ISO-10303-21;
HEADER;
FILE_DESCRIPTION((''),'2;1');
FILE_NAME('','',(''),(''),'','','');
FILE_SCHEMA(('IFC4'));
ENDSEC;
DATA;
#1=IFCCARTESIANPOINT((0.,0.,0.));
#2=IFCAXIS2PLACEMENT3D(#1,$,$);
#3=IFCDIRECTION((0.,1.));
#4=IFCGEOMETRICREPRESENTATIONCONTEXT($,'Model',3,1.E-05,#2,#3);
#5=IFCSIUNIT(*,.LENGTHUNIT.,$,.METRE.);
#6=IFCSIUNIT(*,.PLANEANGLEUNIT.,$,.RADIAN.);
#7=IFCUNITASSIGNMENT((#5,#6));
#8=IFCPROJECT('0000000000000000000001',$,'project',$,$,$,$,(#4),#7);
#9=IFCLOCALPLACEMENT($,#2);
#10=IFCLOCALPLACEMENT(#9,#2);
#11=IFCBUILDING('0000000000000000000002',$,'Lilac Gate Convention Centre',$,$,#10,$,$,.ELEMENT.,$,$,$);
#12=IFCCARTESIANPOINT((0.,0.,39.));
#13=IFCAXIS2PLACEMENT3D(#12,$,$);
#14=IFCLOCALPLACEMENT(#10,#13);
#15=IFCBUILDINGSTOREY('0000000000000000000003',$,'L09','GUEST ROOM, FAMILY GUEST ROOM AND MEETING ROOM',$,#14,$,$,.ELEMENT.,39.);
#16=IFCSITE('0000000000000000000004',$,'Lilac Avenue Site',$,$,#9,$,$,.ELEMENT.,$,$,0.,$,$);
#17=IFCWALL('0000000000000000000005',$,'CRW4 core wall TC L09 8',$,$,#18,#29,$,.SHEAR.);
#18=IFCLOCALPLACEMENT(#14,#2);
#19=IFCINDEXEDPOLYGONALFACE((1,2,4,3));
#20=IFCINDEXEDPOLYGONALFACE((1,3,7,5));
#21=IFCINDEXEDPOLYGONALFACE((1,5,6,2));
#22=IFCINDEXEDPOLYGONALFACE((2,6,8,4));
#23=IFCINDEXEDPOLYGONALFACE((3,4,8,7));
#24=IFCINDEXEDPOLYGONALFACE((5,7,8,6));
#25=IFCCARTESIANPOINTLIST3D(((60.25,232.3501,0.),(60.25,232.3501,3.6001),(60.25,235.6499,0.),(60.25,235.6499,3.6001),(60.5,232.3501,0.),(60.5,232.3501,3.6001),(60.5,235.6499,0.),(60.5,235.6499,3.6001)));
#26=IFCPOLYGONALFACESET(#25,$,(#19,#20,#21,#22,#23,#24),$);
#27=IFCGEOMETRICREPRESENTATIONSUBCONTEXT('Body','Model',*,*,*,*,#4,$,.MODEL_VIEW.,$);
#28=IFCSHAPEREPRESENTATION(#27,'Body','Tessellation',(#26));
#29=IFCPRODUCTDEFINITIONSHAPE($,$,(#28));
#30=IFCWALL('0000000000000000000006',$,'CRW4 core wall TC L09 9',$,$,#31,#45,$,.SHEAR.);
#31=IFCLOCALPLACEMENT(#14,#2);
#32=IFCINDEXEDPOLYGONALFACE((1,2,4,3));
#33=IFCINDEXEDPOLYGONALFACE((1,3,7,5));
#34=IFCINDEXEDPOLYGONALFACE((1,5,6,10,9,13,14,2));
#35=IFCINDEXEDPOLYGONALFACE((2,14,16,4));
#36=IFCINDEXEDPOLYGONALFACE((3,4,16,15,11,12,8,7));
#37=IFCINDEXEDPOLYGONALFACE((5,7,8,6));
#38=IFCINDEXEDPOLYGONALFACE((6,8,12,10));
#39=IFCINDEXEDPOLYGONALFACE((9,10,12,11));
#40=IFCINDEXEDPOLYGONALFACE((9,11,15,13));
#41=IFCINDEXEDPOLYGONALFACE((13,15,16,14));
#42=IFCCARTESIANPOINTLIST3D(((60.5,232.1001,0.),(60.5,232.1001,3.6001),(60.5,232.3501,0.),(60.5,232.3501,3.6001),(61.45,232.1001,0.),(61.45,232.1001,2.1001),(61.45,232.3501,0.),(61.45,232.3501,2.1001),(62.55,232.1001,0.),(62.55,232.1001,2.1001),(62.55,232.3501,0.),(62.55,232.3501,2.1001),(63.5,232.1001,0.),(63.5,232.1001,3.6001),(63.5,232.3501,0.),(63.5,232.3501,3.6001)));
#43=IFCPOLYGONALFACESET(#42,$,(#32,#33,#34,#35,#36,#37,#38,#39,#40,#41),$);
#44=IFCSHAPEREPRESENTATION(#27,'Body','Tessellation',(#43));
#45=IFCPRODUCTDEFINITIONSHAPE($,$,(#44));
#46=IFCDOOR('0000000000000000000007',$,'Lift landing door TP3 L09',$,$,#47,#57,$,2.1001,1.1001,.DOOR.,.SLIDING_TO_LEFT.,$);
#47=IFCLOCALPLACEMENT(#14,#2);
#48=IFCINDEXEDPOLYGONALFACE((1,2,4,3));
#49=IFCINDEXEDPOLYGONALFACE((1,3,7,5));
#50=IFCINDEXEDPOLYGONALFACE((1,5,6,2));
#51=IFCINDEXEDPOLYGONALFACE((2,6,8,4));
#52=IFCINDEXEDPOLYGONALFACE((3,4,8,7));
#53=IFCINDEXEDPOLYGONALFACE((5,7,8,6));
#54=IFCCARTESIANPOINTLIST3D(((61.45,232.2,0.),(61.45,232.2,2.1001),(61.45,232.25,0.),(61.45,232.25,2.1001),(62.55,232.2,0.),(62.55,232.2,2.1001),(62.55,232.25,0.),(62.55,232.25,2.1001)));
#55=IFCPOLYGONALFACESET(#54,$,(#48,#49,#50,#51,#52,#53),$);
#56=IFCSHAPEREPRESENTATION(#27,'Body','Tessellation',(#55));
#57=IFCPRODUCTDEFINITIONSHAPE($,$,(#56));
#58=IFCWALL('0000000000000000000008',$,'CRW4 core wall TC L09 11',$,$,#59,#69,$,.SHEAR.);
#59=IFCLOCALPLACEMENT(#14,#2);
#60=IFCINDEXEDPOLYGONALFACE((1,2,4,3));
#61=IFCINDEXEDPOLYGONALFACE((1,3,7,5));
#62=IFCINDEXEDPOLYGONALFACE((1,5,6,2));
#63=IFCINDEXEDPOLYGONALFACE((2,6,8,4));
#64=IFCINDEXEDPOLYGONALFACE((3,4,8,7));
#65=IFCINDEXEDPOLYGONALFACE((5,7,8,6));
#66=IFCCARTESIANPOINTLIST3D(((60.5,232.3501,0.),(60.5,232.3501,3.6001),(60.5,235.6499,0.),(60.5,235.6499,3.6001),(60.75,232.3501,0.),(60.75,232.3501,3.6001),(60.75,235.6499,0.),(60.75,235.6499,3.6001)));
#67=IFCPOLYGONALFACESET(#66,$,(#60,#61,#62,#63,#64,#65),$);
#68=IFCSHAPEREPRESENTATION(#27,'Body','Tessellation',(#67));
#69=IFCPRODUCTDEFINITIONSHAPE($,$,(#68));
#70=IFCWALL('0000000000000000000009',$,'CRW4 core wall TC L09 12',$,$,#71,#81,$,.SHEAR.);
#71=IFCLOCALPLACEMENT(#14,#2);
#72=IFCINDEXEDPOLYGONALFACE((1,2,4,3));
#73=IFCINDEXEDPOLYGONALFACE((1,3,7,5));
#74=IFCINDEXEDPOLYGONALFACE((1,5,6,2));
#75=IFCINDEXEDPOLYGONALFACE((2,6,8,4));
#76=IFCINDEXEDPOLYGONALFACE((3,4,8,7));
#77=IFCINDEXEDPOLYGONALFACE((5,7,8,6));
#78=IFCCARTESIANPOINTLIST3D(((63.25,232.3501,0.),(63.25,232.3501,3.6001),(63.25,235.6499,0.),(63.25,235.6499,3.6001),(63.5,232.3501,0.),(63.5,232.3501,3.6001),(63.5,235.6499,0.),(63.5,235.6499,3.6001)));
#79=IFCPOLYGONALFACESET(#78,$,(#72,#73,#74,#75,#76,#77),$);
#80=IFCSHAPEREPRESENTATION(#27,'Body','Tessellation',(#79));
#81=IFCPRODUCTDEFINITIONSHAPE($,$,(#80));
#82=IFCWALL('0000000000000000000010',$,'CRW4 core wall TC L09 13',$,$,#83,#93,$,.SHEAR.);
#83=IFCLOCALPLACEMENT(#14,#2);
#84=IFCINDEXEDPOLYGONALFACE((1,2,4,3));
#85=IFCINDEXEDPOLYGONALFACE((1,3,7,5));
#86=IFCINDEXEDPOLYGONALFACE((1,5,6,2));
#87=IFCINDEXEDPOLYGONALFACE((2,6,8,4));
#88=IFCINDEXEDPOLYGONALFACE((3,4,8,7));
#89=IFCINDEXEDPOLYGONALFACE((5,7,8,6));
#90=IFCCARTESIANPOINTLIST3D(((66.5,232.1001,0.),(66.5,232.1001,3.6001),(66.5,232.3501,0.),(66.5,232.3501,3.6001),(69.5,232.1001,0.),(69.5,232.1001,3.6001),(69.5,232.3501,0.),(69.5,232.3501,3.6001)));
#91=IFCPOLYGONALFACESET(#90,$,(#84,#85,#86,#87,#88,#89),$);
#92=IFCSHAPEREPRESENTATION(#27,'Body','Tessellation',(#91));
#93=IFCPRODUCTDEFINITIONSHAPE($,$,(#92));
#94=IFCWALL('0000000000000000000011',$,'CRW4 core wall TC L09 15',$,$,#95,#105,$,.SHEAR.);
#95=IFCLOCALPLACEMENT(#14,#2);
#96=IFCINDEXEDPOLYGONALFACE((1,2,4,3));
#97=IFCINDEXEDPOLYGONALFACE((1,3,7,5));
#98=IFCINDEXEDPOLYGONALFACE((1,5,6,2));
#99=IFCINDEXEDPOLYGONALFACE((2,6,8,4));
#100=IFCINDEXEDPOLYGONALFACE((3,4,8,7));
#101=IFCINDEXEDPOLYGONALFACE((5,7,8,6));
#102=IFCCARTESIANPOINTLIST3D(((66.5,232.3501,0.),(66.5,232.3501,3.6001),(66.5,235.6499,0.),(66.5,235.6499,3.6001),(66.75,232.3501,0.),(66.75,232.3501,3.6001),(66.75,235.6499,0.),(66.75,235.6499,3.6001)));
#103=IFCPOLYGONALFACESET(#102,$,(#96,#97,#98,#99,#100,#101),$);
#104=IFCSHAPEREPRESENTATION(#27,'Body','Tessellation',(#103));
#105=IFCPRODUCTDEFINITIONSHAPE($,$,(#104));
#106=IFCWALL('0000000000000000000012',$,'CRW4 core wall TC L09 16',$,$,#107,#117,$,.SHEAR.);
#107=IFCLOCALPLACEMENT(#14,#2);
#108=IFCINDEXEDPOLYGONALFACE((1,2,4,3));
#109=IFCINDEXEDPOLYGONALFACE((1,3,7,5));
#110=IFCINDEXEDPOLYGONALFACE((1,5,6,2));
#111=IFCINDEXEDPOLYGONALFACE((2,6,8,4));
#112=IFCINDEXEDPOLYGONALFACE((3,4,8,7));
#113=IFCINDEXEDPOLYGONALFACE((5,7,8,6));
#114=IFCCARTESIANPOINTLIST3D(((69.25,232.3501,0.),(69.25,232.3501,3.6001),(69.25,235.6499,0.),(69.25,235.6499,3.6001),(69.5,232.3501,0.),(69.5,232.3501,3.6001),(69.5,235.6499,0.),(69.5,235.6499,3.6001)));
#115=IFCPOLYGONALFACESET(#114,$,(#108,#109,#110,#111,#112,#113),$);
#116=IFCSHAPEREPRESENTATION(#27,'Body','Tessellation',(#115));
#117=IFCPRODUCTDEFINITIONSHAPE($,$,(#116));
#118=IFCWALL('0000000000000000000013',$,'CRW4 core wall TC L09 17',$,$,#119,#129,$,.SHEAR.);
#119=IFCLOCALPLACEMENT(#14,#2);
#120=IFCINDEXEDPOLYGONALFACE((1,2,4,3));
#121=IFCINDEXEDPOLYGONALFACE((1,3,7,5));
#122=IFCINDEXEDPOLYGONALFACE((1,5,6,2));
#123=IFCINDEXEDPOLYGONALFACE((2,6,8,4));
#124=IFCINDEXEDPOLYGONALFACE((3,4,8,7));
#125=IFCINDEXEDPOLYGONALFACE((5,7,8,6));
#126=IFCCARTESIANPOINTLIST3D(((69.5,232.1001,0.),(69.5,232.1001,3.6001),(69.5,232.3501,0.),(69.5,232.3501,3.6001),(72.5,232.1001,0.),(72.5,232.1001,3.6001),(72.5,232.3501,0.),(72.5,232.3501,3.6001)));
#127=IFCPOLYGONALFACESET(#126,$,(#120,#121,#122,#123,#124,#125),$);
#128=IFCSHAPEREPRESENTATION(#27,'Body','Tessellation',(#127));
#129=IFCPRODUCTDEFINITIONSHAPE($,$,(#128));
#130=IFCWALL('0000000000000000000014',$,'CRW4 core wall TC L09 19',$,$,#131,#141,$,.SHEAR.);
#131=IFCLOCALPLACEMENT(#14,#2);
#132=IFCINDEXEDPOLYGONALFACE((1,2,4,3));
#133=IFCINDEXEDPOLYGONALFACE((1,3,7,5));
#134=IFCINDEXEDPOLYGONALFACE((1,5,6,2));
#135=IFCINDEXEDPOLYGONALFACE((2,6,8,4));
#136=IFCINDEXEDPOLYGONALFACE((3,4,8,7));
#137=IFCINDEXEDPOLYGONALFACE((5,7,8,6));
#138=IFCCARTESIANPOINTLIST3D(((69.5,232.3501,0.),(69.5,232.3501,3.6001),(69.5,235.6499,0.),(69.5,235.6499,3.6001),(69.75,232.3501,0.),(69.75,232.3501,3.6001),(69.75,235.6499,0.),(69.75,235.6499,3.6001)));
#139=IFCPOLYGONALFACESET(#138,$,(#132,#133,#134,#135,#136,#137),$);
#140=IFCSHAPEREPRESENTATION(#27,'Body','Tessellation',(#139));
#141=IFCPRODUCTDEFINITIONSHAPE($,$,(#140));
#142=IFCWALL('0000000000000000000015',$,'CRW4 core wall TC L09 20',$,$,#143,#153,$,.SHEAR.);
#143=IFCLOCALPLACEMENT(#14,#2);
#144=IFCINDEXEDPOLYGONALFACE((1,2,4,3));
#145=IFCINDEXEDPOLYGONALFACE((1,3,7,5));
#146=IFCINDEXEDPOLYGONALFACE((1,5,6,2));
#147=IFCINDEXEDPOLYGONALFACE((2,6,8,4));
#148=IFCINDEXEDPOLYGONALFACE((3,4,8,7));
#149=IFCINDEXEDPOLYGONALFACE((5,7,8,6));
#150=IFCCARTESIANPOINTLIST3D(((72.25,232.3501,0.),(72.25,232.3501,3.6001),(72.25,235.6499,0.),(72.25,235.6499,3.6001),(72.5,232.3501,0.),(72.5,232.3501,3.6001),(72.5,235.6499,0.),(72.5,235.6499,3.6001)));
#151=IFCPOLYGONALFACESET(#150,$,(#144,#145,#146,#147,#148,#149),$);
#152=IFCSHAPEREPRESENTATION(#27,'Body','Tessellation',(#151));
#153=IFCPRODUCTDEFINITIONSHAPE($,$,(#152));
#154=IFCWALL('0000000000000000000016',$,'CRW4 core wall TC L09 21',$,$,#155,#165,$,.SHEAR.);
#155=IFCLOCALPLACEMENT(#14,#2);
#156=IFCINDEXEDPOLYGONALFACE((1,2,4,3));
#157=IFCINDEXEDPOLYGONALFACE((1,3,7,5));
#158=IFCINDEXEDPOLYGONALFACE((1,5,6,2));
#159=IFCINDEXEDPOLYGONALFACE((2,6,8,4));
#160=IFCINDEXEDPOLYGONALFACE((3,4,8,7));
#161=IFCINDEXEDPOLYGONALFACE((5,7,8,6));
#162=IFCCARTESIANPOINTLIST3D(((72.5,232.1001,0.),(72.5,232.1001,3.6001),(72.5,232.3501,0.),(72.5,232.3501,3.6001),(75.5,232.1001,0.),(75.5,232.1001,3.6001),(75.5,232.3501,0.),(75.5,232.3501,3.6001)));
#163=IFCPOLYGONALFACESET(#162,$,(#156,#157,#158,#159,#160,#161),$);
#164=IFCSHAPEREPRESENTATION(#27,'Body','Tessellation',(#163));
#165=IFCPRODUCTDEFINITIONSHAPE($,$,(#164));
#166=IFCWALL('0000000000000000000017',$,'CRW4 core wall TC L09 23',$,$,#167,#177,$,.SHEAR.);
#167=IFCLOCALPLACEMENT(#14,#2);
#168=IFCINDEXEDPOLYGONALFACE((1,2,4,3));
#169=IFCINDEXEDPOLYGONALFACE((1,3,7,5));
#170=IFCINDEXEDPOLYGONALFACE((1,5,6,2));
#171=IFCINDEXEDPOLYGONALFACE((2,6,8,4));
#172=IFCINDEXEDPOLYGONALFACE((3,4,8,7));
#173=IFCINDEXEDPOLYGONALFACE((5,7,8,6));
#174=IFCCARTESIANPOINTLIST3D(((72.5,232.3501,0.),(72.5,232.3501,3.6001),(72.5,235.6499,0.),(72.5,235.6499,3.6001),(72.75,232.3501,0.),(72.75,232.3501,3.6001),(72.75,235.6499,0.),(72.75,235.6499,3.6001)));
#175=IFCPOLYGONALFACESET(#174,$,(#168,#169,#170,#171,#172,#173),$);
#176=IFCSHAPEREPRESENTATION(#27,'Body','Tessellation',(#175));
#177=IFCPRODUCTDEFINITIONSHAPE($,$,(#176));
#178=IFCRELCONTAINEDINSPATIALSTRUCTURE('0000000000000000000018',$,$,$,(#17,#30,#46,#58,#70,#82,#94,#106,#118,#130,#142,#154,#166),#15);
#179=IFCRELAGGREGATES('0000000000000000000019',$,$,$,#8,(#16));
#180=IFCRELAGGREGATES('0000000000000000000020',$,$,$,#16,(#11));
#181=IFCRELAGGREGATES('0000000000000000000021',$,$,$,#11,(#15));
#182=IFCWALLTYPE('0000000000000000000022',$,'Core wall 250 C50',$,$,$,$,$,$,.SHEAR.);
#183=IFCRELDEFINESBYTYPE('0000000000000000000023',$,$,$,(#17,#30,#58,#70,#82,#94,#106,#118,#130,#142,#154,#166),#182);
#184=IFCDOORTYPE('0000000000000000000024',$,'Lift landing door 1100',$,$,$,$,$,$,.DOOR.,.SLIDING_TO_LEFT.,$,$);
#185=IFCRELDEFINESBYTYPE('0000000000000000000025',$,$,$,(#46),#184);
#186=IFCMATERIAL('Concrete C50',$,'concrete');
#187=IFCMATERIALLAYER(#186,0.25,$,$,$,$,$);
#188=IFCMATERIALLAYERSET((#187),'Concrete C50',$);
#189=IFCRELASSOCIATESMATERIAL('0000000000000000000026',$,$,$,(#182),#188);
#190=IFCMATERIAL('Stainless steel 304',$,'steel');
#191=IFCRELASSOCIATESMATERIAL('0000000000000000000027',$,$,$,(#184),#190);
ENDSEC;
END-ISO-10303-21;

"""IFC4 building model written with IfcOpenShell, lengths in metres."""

from ifc_helpers import new_model, si_unit, direction, frame, frame_2d, origin, place, context, subcontext, project, spatial, rectangle, extrude, material, layer, layer_set, type_object, element, fill, save


model = new_model("IFC4")

# Units and contexts
model_context = context("Model", 3, precision=1e-05, world=origin(), true_north=direction((0.0, 1.0)))
body_context = subcontext(model_context, "Body", "Model", "MODEL_VIEW")
ifc_project = project(units=[si_unit("LENGTHUNIT", "METRE"), si_unit("PLANEANGLEUNIT", "RADIAN")], contexts=[model_context])

# Site, building, storey
site_placement = place(None, origin())
site = spatial("IfcSite", under=ifc_project, at=site_placement, Name="Lilac Avenue Site", CompositionType="ELEMENT", RefElevation=0.0)
building_placement = place(site_placement, origin())
building = spatial("IfcBuilding", under=site, at=building_placement, Name="Lilac Gate Convention Centre", CompositionType="ELEMENT")
storey_placement = place(building_placement, frame((0.0, 0.0, 39.0)))
storey = spatial("IfcBuildingStorey", under=building, at=storey_placement, Name="L09", Description="GUEST ROOM, FAMILY GUEST ROOM AND MEETING ROOM", CompositionType="ELEMENT", Elevation=39.0)

# Wall
ifc_material_1 = material(Name="Concrete C50", Category="concrete")
ifc_layer_1 = layer(ifc_material_1, 0.25)
ifc_layer_set_1 = layer_set([ifc_layer_1], Name="Concrete C50")
wall_type_1 = type_object("IfcWallType", Name="Core wall 250 C50", PredefinedType="SHEAR", material=ifc_layer_set_1)
wall_1_placement = place(storey_placement, frame((60.375, 232.3501, 0.0), z_axis=(0.0, 0.0, 1.0), x_axis=(0.0, 1.0, 0.0)))
element("IfcWall", 1, at=wall_1_placement, inside=storey, type_object=wall_type_1, Name="CRW4 core wall TC L09 8", PredefinedType="SHEAR", context=body_context, shape_type="SweptSolid", body=[
    extrude(rectangle(XDim=3.2998, YDim=0.25, at=frame_2d((1.6499, 0.0))), origin(), (0.0, 0.0, 1.0), 3.6001),
])

# Wall, opening, door
wall_2_placement = place(storey_placement, frame((60.5, 232.2251, 0.0), z_axis=(0.0, 0.0, 1.0), x_axis=(1.0, 0.0, 0.0)))
wall_2 = element("IfcWall", 2, at=wall_2_placement, inside=storey, type_object=wall_type_1, Name="CRW4 core wall TC L09 9", PredefinedType="SHEAR", context=body_context, shape_type="SweptSolid", body=[
    extrude(rectangle(XDim=3.0, YDim=0.25, at=frame_2d((1.5, 0.0))), origin(), (0.0, 0.0, 1.0), 3.6001),
])
opening_1_placement = place(wall_2_placement, frame((0.95, 0.0, 0.0)))
opening_1 = element("IfcOpeningElement", 3, at=opening_1_placement, cuts=wall_2, PredefinedType="OPENING", context=body_context, shape_type="SweptSolid", body=[
    extrude(rectangle(XDim=1.1001, YDim=2.1001, at=frame_2d((0.55, 1.05))), frame((0.0, 0.135, 0.0), z_axis=(0.0, -1.0, 0.0), x_axis=(1.0, 0.0, 0.0)), (0.0, 0.0, 1.0), 0.27),
])
ifc_material_2 = material(Name="Stainless steel 304", Category="steel")
door_type_1 = type_object("IfcDoorType", Name="Lift landing door 1100", OperationType="SLIDING_TO_LEFT", PredefinedType="DOOR", material=ifc_material_2)
door_1_placement = place(opening_1_placement, origin())
door_1 = element("IfcDoor", 4, at=door_1_placement, inside=storey, type_object=door_type_1, Name="Lift landing door TP3 L09", OperationType="SLIDING_TO_LEFT", OverallHeight=2.1001, OverallWidth=1.1001, PredefinedType="DOOR", context=body_context, shape_type="SweptSolid", body=[
    extrude(rectangle(XDim=1.1001, YDim=2.1001, at=frame_2d((0.55, 1.05))), frame((0.0, 0.0249, 0.0), z_axis=(0.0, -1.0, 0.0), x_axis=(1.0, 0.0, 0.0)), (0.0, 0.0, 1.0), 0.05),
])
fill(opening_1, door_1)

# Walls
for number, where, z_axis, x_axis, name in (
    (5, (60.625, 232.3501, 0.0), (0.0, 0.0, 1.0), (0.0, 1.0, 0.0), "CRW4 core wall TC L09 11"),
    (6, (63.375, 232.3501, 0.0), (0.0, 0.0, 1.0), (0.0, 1.0, 0.0), "CRW4 core wall TC L09 12"),
):
    element("IfcWall", number, at=place(storey_placement, frame(where, z_axis=z_axis, x_axis=x_axis)), inside=storey, type_object=wall_type_1, Name=name, PredefinedType="SHEAR", context=body_context, shape_type="SweptSolid", body=[
        extrude(rectangle(XDim=3.2998, YDim=0.25, at=frame_2d((1.6499, 0.0))), origin(), (0.0, 0.0, 1.0), 3.6001),
    ])
wall_3_placement = place(storey_placement, frame((66.5, 232.2251, 0.0), z_axis=(0.0, 0.0, 1.0), x_axis=(1.0, 0.0, 0.0)))
element("IfcWall", 7, at=wall_3_placement, inside=storey, type_object=wall_type_1, Name="CRW4 core wall TC L09 13", PredefinedType="SHEAR", context=body_context, shape_type="SweptSolid", body=[
    extrude(rectangle(XDim=3.0, YDim=0.25, at=frame_2d((1.5, 0.0))), origin(), (0.0, 0.0, 1.0), 3.6001),
])
for number, where, z_axis, x_axis, name in (
    (8, (66.625, 232.3501, 0.0), (0.0, 0.0, 1.0), (0.0, 1.0, 0.0), "CRW4 core wall TC L09 15"),
    (9, (69.375, 232.3501, 0.0), (0.0, 0.0, 1.0), (0.0, 1.0, 0.0), "CRW4 core wall TC L09 16"),
):
    element("IfcWall", number, at=place(storey_placement, frame(where, z_axis=z_axis, x_axis=x_axis)), inside=storey, type_object=wall_type_1, Name=name, PredefinedType="SHEAR", context=body_context, shape_type="SweptSolid", body=[
        extrude(rectangle(XDim=3.2998, YDim=0.25, at=frame_2d((1.6499, 0.0))), origin(), (0.0, 0.0, 1.0), 3.6001),
    ])
wall_4_placement = place(storey_placement, frame((69.5, 232.2251, 0.0), z_axis=(0.0, 0.0, 1.0), x_axis=(1.0, 0.0, 0.0)))
element("IfcWall", 10, at=wall_4_placement, inside=storey, type_object=wall_type_1, Name="CRW4 core wall TC L09 17", PredefinedType="SHEAR", context=body_context, shape_type="SweptSolid", body=[
    extrude(rectangle(XDim=3.0, YDim=0.25, at=frame_2d((1.5, 0.0))), origin(), (0.0, 0.0, 1.0), 3.6001),
])
for number, where, z_axis, x_axis, name in (
    (11, (69.625, 232.3501, 0.0), (0.0, 0.0, 1.0), (0.0, 1.0, 0.0), "CRW4 core wall TC L09 19"),
    (12, (72.375, 232.3501, 0.0), (0.0, 0.0, 1.0), (0.0, 1.0, 0.0), "CRW4 core wall TC L09 20"),
):
    element("IfcWall", number, at=place(storey_placement, frame(where, z_axis=z_axis, x_axis=x_axis)), inside=storey, type_object=wall_type_1, Name=name, PredefinedType="SHEAR", context=body_context, shape_type="SweptSolid", body=[
        extrude(rectangle(XDim=3.2998, YDim=0.25, at=frame_2d((1.6499, 0.0))), origin(), (0.0, 0.0, 1.0), 3.6001),
    ])
wall_5_placement = place(storey_placement, frame((72.5, 232.2251, 0.0), z_axis=(0.0, 0.0, 1.0), x_axis=(1.0, 0.0, 0.0)))
element("IfcWall", 13, at=wall_5_placement, inside=storey, type_object=wall_type_1, Name="CRW4 core wall TC L09 21", PredefinedType="SHEAR", context=body_context, shape_type="SweptSolid", body=[
    extrude(rectangle(XDim=3.0, YDim=0.25, at=frame_2d((1.5, 0.0))), origin(), (0.0, 0.0, 1.0), 3.6001),
])
wall_6_placement = place(storey_placement, frame((72.625, 232.3501, 0.0), z_axis=(0.0, 0.0, 1.0), x_axis=(0.0, 1.0, 0.0)))
element("IfcWall", 14, at=wall_6_placement, inside=storey, type_object=wall_type_1, Name="CRW4 core wall TC L09 23", PredefinedType="SHEAR", context=body_context, shape_type="SweptSolid", body=[
    extrude(rectangle(XDim=3.2998, YDim=0.25, at=frame_2d((1.6499, 0.0))), origin(), (0.0, 0.0, 1.0), 3.6001),
])

save(model, "model.ifc")
